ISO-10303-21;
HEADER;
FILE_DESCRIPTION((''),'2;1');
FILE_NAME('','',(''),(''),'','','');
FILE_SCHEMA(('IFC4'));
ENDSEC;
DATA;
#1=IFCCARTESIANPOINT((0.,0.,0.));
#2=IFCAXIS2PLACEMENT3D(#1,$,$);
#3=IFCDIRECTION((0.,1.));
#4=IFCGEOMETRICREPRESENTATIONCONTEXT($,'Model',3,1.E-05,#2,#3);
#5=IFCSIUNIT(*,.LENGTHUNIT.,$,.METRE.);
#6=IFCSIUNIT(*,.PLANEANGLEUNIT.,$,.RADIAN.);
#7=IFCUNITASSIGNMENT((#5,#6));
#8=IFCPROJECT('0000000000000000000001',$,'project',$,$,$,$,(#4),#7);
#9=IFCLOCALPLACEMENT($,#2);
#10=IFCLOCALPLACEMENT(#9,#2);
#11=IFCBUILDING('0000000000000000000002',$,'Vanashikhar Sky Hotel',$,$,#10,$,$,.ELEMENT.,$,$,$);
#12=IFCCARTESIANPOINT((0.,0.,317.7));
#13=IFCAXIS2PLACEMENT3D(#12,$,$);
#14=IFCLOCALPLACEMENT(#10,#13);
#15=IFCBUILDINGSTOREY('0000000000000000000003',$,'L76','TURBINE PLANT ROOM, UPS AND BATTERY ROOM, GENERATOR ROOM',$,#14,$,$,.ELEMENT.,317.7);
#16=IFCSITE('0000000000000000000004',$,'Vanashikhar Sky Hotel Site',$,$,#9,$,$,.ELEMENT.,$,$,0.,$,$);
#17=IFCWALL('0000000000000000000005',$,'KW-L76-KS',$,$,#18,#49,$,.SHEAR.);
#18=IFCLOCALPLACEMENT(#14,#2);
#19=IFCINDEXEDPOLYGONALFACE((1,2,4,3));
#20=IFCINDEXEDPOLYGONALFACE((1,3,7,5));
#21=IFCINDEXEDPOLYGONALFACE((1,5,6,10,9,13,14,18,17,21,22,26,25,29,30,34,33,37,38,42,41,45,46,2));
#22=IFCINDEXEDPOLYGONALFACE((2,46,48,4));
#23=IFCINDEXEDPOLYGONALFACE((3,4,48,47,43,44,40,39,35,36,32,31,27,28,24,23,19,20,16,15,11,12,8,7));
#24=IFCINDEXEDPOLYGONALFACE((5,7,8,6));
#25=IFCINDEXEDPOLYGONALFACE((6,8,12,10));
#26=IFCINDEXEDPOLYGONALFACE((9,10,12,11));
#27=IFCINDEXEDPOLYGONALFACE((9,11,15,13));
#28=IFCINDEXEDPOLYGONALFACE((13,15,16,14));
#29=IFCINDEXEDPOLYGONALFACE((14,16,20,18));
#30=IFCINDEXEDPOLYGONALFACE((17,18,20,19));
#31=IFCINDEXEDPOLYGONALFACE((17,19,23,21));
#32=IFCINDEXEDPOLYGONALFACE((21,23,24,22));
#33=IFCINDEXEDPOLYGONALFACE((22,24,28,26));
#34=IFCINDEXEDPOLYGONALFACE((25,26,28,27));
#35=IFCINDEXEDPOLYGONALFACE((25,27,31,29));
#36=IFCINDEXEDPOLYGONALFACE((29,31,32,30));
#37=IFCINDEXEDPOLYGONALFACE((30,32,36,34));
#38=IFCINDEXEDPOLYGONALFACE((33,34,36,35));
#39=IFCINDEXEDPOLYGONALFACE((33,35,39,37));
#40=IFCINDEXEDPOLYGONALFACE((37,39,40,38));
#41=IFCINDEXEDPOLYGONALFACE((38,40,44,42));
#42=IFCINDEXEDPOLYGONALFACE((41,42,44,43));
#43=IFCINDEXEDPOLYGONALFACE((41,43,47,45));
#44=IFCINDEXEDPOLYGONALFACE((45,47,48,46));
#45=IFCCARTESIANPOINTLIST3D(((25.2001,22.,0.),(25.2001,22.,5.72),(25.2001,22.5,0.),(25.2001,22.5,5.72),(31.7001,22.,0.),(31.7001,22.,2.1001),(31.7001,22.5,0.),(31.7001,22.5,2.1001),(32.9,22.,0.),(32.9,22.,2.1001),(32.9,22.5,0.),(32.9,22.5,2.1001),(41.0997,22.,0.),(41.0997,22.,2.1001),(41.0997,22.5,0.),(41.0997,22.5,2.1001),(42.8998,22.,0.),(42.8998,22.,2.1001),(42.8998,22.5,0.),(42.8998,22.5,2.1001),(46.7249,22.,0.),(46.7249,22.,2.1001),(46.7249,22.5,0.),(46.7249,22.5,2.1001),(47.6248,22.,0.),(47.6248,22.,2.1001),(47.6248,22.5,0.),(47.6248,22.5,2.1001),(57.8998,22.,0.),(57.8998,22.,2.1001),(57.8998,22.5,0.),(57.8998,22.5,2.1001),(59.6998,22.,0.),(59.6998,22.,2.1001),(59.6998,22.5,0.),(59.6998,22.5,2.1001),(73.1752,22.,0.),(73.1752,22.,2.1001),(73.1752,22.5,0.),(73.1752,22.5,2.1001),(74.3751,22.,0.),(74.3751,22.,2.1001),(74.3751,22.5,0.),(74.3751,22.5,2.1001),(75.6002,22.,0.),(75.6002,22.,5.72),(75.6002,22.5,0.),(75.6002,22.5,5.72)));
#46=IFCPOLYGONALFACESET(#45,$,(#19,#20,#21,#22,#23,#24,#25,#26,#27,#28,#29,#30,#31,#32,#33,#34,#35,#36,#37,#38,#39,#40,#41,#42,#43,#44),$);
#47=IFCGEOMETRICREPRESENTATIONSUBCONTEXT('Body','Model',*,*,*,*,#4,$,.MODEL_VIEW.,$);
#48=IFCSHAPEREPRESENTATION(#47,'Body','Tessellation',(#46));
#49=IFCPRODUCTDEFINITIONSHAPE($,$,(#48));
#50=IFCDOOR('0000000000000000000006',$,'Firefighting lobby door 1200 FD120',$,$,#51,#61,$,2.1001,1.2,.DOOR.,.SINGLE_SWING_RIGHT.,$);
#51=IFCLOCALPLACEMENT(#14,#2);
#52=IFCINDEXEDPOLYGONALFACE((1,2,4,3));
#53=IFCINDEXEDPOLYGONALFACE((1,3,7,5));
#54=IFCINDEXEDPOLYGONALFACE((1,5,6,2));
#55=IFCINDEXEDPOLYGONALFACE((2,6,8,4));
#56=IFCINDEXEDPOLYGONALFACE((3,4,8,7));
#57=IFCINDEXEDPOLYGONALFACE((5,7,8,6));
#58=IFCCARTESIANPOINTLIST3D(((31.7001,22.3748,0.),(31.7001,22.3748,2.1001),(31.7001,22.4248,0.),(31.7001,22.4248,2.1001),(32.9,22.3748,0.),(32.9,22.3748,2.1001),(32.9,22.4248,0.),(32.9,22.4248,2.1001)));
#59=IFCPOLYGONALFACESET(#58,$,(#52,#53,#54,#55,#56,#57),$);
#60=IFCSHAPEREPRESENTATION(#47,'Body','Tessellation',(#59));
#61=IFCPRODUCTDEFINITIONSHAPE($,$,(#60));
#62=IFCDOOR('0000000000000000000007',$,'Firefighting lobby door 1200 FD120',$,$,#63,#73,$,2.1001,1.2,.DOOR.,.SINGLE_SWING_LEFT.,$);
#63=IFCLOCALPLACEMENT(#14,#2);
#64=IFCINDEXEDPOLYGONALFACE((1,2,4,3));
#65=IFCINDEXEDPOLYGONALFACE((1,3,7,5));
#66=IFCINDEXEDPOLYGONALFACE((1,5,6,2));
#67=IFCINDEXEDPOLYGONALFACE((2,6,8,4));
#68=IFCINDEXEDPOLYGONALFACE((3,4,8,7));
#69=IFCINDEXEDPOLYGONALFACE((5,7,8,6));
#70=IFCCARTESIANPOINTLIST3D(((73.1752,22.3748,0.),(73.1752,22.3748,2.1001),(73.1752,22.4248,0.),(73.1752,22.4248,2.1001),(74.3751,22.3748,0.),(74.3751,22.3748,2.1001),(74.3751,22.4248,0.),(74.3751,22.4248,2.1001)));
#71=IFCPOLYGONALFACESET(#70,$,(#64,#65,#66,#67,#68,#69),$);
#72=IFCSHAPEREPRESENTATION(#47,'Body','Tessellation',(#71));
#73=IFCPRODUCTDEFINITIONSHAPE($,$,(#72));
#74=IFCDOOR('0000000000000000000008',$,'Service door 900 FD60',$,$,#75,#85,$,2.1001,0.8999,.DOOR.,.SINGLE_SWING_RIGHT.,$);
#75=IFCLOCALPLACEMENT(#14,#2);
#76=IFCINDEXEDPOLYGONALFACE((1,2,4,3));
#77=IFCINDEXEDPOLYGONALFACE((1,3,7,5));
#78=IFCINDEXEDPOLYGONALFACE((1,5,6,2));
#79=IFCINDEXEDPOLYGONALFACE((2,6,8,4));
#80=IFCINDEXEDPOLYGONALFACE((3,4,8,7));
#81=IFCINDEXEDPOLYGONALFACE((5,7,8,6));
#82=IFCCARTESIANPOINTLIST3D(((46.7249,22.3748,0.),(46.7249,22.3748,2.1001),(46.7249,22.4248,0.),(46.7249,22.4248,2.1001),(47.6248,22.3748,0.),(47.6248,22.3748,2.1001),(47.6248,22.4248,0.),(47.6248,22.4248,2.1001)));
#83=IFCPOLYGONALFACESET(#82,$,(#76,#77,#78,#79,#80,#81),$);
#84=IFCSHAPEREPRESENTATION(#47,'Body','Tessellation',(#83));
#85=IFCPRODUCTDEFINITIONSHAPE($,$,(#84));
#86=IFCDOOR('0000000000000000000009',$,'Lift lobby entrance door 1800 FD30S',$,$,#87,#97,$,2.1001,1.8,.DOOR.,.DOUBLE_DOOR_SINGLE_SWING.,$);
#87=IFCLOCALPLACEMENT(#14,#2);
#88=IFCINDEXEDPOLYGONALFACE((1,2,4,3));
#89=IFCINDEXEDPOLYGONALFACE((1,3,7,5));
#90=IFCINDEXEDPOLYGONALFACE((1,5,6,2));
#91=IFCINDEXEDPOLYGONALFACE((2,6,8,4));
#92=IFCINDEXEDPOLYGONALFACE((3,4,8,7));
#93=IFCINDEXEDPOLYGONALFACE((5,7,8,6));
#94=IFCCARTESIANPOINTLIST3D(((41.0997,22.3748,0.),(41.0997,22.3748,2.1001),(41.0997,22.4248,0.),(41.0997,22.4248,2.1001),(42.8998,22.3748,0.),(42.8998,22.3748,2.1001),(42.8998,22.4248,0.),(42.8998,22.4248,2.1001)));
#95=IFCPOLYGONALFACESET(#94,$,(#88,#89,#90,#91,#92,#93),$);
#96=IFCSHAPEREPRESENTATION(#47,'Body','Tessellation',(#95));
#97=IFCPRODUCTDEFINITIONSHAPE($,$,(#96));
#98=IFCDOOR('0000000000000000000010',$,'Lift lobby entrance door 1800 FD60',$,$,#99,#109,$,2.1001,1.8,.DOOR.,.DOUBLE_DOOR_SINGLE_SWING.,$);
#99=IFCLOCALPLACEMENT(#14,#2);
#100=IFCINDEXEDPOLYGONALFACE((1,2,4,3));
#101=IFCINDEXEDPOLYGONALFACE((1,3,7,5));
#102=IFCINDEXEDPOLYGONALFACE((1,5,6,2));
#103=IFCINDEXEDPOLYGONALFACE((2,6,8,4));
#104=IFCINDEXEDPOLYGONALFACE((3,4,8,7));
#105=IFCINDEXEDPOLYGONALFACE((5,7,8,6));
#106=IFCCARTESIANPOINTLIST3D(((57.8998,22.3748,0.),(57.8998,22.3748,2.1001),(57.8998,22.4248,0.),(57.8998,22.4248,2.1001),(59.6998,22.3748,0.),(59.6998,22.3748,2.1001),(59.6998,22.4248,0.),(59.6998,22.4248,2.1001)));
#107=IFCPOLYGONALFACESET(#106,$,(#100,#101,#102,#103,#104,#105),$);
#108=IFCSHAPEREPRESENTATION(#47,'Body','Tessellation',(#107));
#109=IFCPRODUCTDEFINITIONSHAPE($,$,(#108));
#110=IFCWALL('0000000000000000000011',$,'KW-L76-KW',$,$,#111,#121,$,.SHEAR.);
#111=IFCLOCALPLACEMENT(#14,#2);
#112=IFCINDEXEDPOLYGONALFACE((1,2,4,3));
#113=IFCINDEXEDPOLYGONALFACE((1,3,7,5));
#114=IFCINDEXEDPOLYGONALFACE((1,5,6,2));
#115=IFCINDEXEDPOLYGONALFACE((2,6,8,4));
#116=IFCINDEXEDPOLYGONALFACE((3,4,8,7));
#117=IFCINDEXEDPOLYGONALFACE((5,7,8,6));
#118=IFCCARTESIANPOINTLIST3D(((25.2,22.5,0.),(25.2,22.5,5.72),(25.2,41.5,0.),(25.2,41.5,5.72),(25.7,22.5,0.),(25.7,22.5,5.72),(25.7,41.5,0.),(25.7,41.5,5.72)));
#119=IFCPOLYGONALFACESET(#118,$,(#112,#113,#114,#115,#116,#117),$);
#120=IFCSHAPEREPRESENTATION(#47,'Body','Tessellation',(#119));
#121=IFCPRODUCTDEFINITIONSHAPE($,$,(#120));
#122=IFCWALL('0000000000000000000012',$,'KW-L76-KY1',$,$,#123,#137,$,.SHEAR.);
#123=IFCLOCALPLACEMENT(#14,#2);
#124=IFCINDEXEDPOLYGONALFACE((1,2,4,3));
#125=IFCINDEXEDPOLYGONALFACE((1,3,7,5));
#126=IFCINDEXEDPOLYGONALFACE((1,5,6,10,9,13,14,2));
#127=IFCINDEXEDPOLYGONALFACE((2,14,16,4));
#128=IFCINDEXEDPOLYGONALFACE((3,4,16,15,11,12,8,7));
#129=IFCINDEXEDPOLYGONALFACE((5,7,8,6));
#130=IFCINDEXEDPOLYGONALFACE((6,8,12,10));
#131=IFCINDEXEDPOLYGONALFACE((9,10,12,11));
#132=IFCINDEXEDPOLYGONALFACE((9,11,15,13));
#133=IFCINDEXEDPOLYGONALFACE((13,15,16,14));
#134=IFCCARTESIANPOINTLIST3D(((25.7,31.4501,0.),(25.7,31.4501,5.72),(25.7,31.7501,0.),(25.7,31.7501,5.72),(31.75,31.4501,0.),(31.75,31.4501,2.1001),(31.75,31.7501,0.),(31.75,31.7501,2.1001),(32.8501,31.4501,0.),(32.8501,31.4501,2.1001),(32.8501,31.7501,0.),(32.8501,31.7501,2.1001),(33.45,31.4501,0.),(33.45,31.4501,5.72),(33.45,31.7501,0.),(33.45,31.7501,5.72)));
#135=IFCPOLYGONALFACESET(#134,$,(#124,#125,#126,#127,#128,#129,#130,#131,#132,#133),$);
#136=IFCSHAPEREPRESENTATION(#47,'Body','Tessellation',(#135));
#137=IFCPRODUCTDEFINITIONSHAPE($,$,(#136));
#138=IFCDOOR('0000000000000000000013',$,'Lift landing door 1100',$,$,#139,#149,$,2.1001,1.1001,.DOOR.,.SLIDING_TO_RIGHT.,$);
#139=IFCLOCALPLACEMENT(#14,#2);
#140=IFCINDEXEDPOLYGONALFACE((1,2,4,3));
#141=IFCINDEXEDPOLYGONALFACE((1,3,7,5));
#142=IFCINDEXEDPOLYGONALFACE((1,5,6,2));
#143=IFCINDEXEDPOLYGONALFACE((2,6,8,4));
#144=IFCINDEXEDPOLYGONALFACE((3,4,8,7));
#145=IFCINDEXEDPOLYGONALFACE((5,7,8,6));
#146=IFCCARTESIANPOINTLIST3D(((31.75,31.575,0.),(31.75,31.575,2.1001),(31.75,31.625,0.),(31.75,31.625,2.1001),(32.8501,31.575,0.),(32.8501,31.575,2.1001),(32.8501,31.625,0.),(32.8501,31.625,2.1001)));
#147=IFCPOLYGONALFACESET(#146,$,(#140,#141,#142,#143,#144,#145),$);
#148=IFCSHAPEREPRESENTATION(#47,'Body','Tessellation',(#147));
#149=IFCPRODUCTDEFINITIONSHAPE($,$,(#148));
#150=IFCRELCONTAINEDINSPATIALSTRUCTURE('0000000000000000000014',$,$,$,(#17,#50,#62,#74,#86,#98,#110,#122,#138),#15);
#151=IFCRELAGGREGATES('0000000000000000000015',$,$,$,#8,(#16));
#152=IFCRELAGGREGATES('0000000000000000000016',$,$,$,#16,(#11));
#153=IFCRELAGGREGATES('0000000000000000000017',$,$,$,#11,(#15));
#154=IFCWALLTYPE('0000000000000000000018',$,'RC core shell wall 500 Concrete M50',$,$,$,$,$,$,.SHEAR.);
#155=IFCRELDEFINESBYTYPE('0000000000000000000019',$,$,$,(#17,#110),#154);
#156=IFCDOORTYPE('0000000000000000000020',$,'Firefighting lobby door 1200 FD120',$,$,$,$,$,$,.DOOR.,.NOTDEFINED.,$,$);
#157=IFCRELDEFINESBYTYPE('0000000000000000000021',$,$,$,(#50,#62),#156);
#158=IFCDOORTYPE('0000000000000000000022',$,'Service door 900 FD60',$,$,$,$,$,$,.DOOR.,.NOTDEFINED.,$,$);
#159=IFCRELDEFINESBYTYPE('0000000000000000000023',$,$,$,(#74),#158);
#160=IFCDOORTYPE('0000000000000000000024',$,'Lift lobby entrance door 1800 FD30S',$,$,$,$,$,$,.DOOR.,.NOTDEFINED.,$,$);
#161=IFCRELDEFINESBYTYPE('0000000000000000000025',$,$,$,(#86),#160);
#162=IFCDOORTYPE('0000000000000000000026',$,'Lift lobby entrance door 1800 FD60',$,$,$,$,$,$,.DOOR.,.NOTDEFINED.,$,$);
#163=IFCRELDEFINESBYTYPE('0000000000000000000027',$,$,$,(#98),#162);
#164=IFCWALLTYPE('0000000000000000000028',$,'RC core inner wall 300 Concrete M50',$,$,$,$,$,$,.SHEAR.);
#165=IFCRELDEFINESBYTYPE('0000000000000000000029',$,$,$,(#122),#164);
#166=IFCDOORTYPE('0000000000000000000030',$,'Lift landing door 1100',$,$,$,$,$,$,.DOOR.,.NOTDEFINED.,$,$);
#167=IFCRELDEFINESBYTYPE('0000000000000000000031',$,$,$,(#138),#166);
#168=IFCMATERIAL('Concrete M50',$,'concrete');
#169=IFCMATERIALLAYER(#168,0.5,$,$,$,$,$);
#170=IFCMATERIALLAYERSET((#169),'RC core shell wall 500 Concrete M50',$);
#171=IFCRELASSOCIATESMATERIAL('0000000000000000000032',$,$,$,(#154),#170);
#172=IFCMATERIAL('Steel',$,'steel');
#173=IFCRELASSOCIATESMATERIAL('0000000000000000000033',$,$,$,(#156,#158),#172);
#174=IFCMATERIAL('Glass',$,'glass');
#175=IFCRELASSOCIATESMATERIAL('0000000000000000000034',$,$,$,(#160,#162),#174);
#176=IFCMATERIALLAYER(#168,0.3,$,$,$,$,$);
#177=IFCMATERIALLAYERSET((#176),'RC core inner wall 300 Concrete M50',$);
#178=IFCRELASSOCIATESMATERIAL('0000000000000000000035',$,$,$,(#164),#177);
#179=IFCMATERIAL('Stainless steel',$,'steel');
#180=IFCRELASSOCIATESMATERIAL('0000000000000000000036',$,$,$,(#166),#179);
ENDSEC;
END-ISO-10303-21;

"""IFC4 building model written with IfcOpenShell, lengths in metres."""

from ifc_helpers import new_model, si_unit, direction, frame, frame_2d, origin, place, context, subcontext, project, spatial, rectangle, extrude, source, transform, mapped, material, layer, layer_set, type_object, element, fill, save


model = new_model("IFC4")

# Units and contexts
model_context = context("Model", 3, precision=1e-05, world=origin(), true_north=direction((0.0, 1.0)))
body_context = subcontext(model_context, "Body", "Model", "MODEL_VIEW")
ifc_project = project(units=[si_unit("LENGTHUNIT", "METRE"), si_unit("PLANEANGLEUNIT", "RADIAN")], contexts=[model_context])

# Site, building, storey
site_placement = place(None, origin())
site = spatial("IfcSite", under=ifc_project, at=site_placement, Name="Vanashikhar Sky Hotel Site", CompositionType="ELEMENT", RefElevation=0.0)
building_placement = place(site_placement, origin())
building = spatial("IfcBuilding", under=site, at=building_placement, Name="Vanashikhar Sky Hotel", CompositionType="ELEMENT")
storey_placement = place(building_placement, frame((0.0, 0.0, 317.7)))
storey = spatial("IfcBuildingStorey", under=building, at=storey_placement, Name="L76", Description="TURBINE PLANT ROOM, UPS AND BATTERY ROOM, GENERATOR ROOM", CompositionType="ELEMENT", Elevation=317.7)

# Wall, openings, doors
ifc_material_1 = material(Name="Concrete M50", Category="concrete")
ifc_layer_1 = layer(ifc_material_1, 0.5)
ifc_layer_set_1 = layer_set([ifc_layer_1], Name="RC core shell wall 500 Concrete M50")
wall_type_1 = type_object("IfcWallType", Name="RC core shell wall 500 Concrete M50", PredefinedType="SHEAR", material=ifc_layer_set_1)
shared_shape_1 = source(origin(), body_context, "Body", "SweptSolid", [
    extrude(rectangle(XDim=50.4001, YDim=0.5, at=frame_2d((25.2002, 0.0))), origin(), (0.0, 0.0, 1.0), 5.72),
])
wall_1_placement = place(storey_placement, frame((25.2, 22.25, 0.0), z_axis=(0.0, 0.0, 1.0), x_axis=(1.0, 0.0, 0.0)))
wall_1 = element("IfcWall", 1, at=wall_1_placement, inside=storey, type_object=wall_type_1, Name="KW-L76-KS", PredefinedType="SHEAR", context=body_context, shape_type="MappedRepresentation", body=[
    mapped(shared_shape_1, transform((0.0, 0.0, 0.0), scale=1.0)),
])
shared_shape_2 = source(origin(), body_context, "Body", "SweptSolid", [
    extrude(rectangle(XDim=1.8, YDim=2.1001, at=frame_2d((0.8999, 1.05))), frame((0.0, 0.26, 0.0), z_axis=(0.0, -1.0, 0.0), x_axis=(1.0, 0.0, 0.0)), (0.0, 0.0, 1.0), 0.52),
])
opening_1_placement = place(wall_1_placement, frame((15.8999, 0.0, 0.0)))
opening_1 = element("IfcOpeningElement", 2, at=opening_1_placement, cuts=wall_1, PredefinedType="OPENING", context=body_context, shape_type="MappedRepresentation", body=[
    mapped(shared_shape_2, transform((0.0, 0.0, 0.0), scale=1.0)),
])
shared_shape_3 = source(origin(), body_context, "Body", "SweptSolid", [
    extrude(rectangle(XDim=0.8999, YDim=2.1001, at=frame_2d((0.45, 1.05))), frame((0.0, 0.26, 0.0), z_axis=(0.0, -1.0, 0.0), x_axis=(1.0, 0.0, 0.0)), (0.0, 0.0, 1.0), 0.52),
])
opening_2_placement = place(wall_1_placement, frame((21.5249, 0.0, 0.0)))
opening_2 = element("IfcOpeningElement", 3, at=opening_2_placement, cuts=wall_1, PredefinedType="OPENING", context=body_context, shape_type="MappedRepresentation", body=[
    mapped(shared_shape_3, transform((0.0, 0.0, 0.0), scale=1.0)),
])
opening_3_placement = place(wall_1_placement, frame((32.7, 0.0, 0.0)))
opening_3 = element("IfcOpeningElement", 4, at=opening_3_placement, cuts=wall_1, PredefinedType="OPENING", context=body_context, shape_type="MappedRepresentation", body=[
    mapped(shared_shape_2, transform((0.0, 0.0, 0.0), scale=1.0)),
])
shared_shape_4 = source(origin(), body_context, "Body", "SweptSolid", [
    extrude(rectangle(XDim=1.2, YDim=2.1001, at=frame_2d((0.6001, 1.05))), frame((0.0, 0.26, 0.0), z_axis=(0.0, -1.0, 0.0), x_axis=(1.0, 0.0, 0.0)), (0.0, 0.0, 1.0), 0.52),
])
opening_4_placement = place(wall_1_placement, frame((6.5, 0.0, 0.0)))
opening_4 = element("IfcOpeningElement", 5, at=opening_4_placement, cuts=wall_1, PredefinedType="OPENING", context=body_context, shape_type="MappedRepresentation", body=[
    mapped(shared_shape_4, transform((0.0, 0.0, 0.0), scale=1.0)),
])
opening_5_placement = place(wall_1_placement, frame((47.9751, 0.0, 0.0)))
opening_5 = element("IfcOpeningElement", 6, at=opening_5_placement, cuts=wall_1, PredefinedType="OPENING", context=body_context, shape_type="MappedRepresentation", body=[
    mapped(shared_shape_4, transform((0.0, 0.0, 0.0), scale=1.0)),
])
ifc_material_2 = material(Name="Steel", Category="steel")
door_type_1 = type_object("IfcDoorType", Name="Firefighting lobby door 1200 FD120", OperationType="NOTDEFINED", PredefinedType="DOOR", material=ifc_material_2)
shared_shape_5 = source(origin(), body_context, "Body", "SweptSolid", [
    extrude(rectangle(XDim=1.2, YDim=2.1001, at=frame_2d((0.6001, 1.05))), frame((0.0, 0.1748, 0.0), z_axis=(0.0, -1.0, 0.0), x_axis=(1.0, 0.0, 0.0)), (0.0, 0.0, 1.0), 0.05),
])
door_1_placement = place(opening_4_placement, origin())
door_1 = element("IfcDoor", 7, at=door_1_placement, inside=storey, type_object=door_type_1, Name="Firefighting lobby door 1200 FD120", OperationType="SINGLE_SWING_RIGHT", OverallHeight=2.1001, OverallWidth=1.2, PredefinedType="DOOR", context=body_context, shape_type="MappedRepresentation", body=[
    mapped(shared_shape_5, transform((0.0, 0.0, 0.0), scale=1.0)),
])
fill(opening_4, door_1)
door_2_placement = place(opening_5_placement, origin())
door_2 = element("IfcDoor", 8, at=door_2_placement, inside=storey, type_object=door_type_1, Name="Firefighting lobby door 1200 FD120", OperationType="SINGLE_SWING_LEFT", OverallHeight=2.1001, OverallWidth=1.2, PredefinedType="DOOR", context=body_context, shape_type="MappedRepresentation", body=[
    mapped(shared_shape_5, transform((0.0, 0.0, 0.0), scale=1.0)),
])
fill(opening_5, door_2)
door_type_2 = type_object("IfcDoorType", Name="Service door 900 FD60", OperationType="NOTDEFINED", PredefinedType="DOOR", material=ifc_material_2)
shared_shape_6 = source(origin(), body_context, "Body", "SweptSolid", [
    extrude(rectangle(XDim=0.8999, YDim=2.1001, at=frame_2d((0.45, 1.05))), frame((0.0, 0.1748, 0.0), z_axis=(0.0, -1.0, 0.0), x_axis=(1.0, 0.0, 0.0)), (0.0, 0.0, 1.0), 0.05),
])
door_3_placement = place(opening_2_placement, origin())
door_3 = element("IfcDoor", 9, at=door_3_placement, inside=storey, type_object=door_type_2, Name="Service door 900 FD60", OperationType="SINGLE_SWING_RIGHT", OverallHeight=2.1001, OverallWidth=0.8999, PredefinedType="DOOR", context=body_context, shape_type="MappedRepresentation", body=[
    mapped(shared_shape_6, transform((0.0, 0.0, 0.0), scale=1.0)),
])
fill(opening_2, door_3)
ifc_material_3 = material(Name="Glass", Category="glass")
door_type_3 = type_object("IfcDoorType", Name="Lift lobby entrance door 1800 FD30S", OperationType="NOTDEFINED", PredefinedType="DOOR", material=ifc_material_3)
shared_shape_7 = source(origin(), body_context, "Body", "SweptSolid", [
    extrude(rectangle(XDim=1.8, YDim=2.1001, at=frame_2d((0.8999, 1.05))), frame((0.0, 0.1748, 0.0), z_axis=(0.0, -1.0, 0.0), x_axis=(1.0, 0.0, 0.0)), (0.0, 0.0, 1.0), 0.05),
])
door_4_placement = place(opening_1_placement, origin())
door_4 = element("IfcDoor", 10, at=door_4_placement, inside=storey, type_object=door_type_3, Name="Lift lobby entrance door 1800 FD30S", OperationType="DOUBLE_DOOR_SINGLE_SWING", OverallHeight=2.1001, OverallWidth=1.8, PredefinedType="DOOR", context=body_context, shape_type="MappedRepresentation", body=[
    mapped(shared_shape_7, transform((0.0, 0.0, 0.0), scale=1.0)),
])
fill(opening_1, door_4)
door_type_4 = type_object("IfcDoorType", Name="Lift lobby entrance door 1800 FD60", OperationType="NOTDEFINED", PredefinedType="DOOR", material=ifc_material_3)
door_5_placement = place(opening_3_placement, origin())
door_5 = element("IfcDoor", 11, at=door_5_placement, inside=storey, type_object=door_type_4, Name="Lift lobby entrance door 1800 FD60", OperationType="DOUBLE_DOOR_SINGLE_SWING", OverallHeight=2.1001, OverallWidth=1.8, PredefinedType="DOOR", context=body_context, shape_type="MappedRepresentation", body=[
    mapped(shared_shape_7, transform((0.0, 0.0, 0.0), scale=1.0)),
])
fill(opening_3, door_5)

# Wall
shared_shape_8 = source(origin(), body_context, "Body", "SweptSolid", [
    extrude(rectangle(XDim=19.0, YDim=0.5, at=frame_2d((9.5, 0.0))), origin(), (0.0, 0.0, 1.0), 5.72),
])
wall_2_placement = place(storey_placement, frame((25.45, 22.5, 0.0), z_axis=(0.0, 0.0, 1.0), x_axis=(0.0, 1.0, 0.0)))
element("IfcWall", 12, at=wall_2_placement, inside=storey, type_object=wall_type_1, Name="KW-L76-KW", PredefinedType="SHEAR", context=body_context, shape_type="MappedRepresentation", body=[
    mapped(shared_shape_8, transform((0.0, 0.0, 0.0), scale=1.0)),
])

# Wall, opening, door
ifc_layer_2 = layer(ifc_material_1, 0.3)
ifc_layer_set_2 = layer_set([ifc_layer_2], Name="RC core inner wall 300 Concrete M50")
wall_type_2 = type_object("IfcWallType", Name="RC core inner wall 300 Concrete M50", PredefinedType="SHEAR", material=ifc_layer_set_2)
shared_shape_9 = source(origin(), body_context, "Body", "SweptSolid", [
    extrude(rectangle(XDim=7.75, YDim=0.3, at=frame_2d((3.875, 0.0))), origin(), (0.0, 0.0, 1.0), 5.72),
])
wall_3_placement = place(storey_placement, frame((25.7, 31.6001, 0.0), z_axis=(0.0, 0.0, 1.0), x_axis=(1.0, 0.0, 0.0)))
wall_3 = element("IfcWall", 13, at=wall_3_placement, inside=storey, type_object=wall_type_2, Name="KW-L76-KY1", PredefinedType="SHEAR", context=body_context, shape_type="MappedRepresentation", body=[
    mapped(shared_shape_9, transform((0.0, 0.0, 0.0), scale=1.0)),
])
shared_shape_10 = source(origin(), body_context, "Body", "SweptSolid", [
    extrude(rectangle(XDim=1.1001, YDim=2.1001, at=frame_2d((0.55, 1.05))), frame((0.0, 0.1602, 0.0), z_axis=(0.0, -1.0, 0.0), x_axis=(1.0, 0.0, 0.0)), (0.0, 0.0, 1.0), 0.3201),
])
opening_6_placement = place(wall_3_placement, frame((6.05, 0.0, 0.0)))
opening_6 = element("IfcOpeningElement", 14, at=opening_6_placement, cuts=wall_3, PredefinedType="OPENING", context=body_context, shape_type="MappedRepresentation", body=[
    mapped(shared_shape_10, transform((0.0, 0.0, 0.0), scale=1.0)),
])
ifc_material_4 = material(Name="Stainless steel", Category="steel")
door_type_5 = type_object("IfcDoorType", Name="Lift landing door 1100", OperationType="NOTDEFINED", PredefinedType="DOOR", material=ifc_material_4)
shared_shape_11 = source(origin(), body_context, "Body", "SweptSolid", [
    extrude(rectangle(XDim=1.1001, YDim=2.1001, at=frame_2d((0.55, 1.05))), frame((0.0, 0.0249, 0.0), z_axis=(0.0, -1.0, 0.0), x_axis=(1.0, 0.0, 0.0)), (0.0, 0.0, 1.0), 0.05),
])
door_6_placement = place(opening_6_placement, origin())
door_6 = element("IfcDoor", 15, at=door_6_placement, inside=storey, type_object=door_type_5, Name="Lift landing door 1100", OperationType="SLIDING_TO_RIGHT", OverallHeight=2.1001, OverallWidth=1.1001, PredefinedType="DOOR", context=body_context, shape_type="MappedRepresentation", body=[
    mapped(shared_shape_11, transform((0.0, 0.0, 0.0), scale=1.0)),
])
fill(opening_6, door_6)

save(model, "model.ifc")
